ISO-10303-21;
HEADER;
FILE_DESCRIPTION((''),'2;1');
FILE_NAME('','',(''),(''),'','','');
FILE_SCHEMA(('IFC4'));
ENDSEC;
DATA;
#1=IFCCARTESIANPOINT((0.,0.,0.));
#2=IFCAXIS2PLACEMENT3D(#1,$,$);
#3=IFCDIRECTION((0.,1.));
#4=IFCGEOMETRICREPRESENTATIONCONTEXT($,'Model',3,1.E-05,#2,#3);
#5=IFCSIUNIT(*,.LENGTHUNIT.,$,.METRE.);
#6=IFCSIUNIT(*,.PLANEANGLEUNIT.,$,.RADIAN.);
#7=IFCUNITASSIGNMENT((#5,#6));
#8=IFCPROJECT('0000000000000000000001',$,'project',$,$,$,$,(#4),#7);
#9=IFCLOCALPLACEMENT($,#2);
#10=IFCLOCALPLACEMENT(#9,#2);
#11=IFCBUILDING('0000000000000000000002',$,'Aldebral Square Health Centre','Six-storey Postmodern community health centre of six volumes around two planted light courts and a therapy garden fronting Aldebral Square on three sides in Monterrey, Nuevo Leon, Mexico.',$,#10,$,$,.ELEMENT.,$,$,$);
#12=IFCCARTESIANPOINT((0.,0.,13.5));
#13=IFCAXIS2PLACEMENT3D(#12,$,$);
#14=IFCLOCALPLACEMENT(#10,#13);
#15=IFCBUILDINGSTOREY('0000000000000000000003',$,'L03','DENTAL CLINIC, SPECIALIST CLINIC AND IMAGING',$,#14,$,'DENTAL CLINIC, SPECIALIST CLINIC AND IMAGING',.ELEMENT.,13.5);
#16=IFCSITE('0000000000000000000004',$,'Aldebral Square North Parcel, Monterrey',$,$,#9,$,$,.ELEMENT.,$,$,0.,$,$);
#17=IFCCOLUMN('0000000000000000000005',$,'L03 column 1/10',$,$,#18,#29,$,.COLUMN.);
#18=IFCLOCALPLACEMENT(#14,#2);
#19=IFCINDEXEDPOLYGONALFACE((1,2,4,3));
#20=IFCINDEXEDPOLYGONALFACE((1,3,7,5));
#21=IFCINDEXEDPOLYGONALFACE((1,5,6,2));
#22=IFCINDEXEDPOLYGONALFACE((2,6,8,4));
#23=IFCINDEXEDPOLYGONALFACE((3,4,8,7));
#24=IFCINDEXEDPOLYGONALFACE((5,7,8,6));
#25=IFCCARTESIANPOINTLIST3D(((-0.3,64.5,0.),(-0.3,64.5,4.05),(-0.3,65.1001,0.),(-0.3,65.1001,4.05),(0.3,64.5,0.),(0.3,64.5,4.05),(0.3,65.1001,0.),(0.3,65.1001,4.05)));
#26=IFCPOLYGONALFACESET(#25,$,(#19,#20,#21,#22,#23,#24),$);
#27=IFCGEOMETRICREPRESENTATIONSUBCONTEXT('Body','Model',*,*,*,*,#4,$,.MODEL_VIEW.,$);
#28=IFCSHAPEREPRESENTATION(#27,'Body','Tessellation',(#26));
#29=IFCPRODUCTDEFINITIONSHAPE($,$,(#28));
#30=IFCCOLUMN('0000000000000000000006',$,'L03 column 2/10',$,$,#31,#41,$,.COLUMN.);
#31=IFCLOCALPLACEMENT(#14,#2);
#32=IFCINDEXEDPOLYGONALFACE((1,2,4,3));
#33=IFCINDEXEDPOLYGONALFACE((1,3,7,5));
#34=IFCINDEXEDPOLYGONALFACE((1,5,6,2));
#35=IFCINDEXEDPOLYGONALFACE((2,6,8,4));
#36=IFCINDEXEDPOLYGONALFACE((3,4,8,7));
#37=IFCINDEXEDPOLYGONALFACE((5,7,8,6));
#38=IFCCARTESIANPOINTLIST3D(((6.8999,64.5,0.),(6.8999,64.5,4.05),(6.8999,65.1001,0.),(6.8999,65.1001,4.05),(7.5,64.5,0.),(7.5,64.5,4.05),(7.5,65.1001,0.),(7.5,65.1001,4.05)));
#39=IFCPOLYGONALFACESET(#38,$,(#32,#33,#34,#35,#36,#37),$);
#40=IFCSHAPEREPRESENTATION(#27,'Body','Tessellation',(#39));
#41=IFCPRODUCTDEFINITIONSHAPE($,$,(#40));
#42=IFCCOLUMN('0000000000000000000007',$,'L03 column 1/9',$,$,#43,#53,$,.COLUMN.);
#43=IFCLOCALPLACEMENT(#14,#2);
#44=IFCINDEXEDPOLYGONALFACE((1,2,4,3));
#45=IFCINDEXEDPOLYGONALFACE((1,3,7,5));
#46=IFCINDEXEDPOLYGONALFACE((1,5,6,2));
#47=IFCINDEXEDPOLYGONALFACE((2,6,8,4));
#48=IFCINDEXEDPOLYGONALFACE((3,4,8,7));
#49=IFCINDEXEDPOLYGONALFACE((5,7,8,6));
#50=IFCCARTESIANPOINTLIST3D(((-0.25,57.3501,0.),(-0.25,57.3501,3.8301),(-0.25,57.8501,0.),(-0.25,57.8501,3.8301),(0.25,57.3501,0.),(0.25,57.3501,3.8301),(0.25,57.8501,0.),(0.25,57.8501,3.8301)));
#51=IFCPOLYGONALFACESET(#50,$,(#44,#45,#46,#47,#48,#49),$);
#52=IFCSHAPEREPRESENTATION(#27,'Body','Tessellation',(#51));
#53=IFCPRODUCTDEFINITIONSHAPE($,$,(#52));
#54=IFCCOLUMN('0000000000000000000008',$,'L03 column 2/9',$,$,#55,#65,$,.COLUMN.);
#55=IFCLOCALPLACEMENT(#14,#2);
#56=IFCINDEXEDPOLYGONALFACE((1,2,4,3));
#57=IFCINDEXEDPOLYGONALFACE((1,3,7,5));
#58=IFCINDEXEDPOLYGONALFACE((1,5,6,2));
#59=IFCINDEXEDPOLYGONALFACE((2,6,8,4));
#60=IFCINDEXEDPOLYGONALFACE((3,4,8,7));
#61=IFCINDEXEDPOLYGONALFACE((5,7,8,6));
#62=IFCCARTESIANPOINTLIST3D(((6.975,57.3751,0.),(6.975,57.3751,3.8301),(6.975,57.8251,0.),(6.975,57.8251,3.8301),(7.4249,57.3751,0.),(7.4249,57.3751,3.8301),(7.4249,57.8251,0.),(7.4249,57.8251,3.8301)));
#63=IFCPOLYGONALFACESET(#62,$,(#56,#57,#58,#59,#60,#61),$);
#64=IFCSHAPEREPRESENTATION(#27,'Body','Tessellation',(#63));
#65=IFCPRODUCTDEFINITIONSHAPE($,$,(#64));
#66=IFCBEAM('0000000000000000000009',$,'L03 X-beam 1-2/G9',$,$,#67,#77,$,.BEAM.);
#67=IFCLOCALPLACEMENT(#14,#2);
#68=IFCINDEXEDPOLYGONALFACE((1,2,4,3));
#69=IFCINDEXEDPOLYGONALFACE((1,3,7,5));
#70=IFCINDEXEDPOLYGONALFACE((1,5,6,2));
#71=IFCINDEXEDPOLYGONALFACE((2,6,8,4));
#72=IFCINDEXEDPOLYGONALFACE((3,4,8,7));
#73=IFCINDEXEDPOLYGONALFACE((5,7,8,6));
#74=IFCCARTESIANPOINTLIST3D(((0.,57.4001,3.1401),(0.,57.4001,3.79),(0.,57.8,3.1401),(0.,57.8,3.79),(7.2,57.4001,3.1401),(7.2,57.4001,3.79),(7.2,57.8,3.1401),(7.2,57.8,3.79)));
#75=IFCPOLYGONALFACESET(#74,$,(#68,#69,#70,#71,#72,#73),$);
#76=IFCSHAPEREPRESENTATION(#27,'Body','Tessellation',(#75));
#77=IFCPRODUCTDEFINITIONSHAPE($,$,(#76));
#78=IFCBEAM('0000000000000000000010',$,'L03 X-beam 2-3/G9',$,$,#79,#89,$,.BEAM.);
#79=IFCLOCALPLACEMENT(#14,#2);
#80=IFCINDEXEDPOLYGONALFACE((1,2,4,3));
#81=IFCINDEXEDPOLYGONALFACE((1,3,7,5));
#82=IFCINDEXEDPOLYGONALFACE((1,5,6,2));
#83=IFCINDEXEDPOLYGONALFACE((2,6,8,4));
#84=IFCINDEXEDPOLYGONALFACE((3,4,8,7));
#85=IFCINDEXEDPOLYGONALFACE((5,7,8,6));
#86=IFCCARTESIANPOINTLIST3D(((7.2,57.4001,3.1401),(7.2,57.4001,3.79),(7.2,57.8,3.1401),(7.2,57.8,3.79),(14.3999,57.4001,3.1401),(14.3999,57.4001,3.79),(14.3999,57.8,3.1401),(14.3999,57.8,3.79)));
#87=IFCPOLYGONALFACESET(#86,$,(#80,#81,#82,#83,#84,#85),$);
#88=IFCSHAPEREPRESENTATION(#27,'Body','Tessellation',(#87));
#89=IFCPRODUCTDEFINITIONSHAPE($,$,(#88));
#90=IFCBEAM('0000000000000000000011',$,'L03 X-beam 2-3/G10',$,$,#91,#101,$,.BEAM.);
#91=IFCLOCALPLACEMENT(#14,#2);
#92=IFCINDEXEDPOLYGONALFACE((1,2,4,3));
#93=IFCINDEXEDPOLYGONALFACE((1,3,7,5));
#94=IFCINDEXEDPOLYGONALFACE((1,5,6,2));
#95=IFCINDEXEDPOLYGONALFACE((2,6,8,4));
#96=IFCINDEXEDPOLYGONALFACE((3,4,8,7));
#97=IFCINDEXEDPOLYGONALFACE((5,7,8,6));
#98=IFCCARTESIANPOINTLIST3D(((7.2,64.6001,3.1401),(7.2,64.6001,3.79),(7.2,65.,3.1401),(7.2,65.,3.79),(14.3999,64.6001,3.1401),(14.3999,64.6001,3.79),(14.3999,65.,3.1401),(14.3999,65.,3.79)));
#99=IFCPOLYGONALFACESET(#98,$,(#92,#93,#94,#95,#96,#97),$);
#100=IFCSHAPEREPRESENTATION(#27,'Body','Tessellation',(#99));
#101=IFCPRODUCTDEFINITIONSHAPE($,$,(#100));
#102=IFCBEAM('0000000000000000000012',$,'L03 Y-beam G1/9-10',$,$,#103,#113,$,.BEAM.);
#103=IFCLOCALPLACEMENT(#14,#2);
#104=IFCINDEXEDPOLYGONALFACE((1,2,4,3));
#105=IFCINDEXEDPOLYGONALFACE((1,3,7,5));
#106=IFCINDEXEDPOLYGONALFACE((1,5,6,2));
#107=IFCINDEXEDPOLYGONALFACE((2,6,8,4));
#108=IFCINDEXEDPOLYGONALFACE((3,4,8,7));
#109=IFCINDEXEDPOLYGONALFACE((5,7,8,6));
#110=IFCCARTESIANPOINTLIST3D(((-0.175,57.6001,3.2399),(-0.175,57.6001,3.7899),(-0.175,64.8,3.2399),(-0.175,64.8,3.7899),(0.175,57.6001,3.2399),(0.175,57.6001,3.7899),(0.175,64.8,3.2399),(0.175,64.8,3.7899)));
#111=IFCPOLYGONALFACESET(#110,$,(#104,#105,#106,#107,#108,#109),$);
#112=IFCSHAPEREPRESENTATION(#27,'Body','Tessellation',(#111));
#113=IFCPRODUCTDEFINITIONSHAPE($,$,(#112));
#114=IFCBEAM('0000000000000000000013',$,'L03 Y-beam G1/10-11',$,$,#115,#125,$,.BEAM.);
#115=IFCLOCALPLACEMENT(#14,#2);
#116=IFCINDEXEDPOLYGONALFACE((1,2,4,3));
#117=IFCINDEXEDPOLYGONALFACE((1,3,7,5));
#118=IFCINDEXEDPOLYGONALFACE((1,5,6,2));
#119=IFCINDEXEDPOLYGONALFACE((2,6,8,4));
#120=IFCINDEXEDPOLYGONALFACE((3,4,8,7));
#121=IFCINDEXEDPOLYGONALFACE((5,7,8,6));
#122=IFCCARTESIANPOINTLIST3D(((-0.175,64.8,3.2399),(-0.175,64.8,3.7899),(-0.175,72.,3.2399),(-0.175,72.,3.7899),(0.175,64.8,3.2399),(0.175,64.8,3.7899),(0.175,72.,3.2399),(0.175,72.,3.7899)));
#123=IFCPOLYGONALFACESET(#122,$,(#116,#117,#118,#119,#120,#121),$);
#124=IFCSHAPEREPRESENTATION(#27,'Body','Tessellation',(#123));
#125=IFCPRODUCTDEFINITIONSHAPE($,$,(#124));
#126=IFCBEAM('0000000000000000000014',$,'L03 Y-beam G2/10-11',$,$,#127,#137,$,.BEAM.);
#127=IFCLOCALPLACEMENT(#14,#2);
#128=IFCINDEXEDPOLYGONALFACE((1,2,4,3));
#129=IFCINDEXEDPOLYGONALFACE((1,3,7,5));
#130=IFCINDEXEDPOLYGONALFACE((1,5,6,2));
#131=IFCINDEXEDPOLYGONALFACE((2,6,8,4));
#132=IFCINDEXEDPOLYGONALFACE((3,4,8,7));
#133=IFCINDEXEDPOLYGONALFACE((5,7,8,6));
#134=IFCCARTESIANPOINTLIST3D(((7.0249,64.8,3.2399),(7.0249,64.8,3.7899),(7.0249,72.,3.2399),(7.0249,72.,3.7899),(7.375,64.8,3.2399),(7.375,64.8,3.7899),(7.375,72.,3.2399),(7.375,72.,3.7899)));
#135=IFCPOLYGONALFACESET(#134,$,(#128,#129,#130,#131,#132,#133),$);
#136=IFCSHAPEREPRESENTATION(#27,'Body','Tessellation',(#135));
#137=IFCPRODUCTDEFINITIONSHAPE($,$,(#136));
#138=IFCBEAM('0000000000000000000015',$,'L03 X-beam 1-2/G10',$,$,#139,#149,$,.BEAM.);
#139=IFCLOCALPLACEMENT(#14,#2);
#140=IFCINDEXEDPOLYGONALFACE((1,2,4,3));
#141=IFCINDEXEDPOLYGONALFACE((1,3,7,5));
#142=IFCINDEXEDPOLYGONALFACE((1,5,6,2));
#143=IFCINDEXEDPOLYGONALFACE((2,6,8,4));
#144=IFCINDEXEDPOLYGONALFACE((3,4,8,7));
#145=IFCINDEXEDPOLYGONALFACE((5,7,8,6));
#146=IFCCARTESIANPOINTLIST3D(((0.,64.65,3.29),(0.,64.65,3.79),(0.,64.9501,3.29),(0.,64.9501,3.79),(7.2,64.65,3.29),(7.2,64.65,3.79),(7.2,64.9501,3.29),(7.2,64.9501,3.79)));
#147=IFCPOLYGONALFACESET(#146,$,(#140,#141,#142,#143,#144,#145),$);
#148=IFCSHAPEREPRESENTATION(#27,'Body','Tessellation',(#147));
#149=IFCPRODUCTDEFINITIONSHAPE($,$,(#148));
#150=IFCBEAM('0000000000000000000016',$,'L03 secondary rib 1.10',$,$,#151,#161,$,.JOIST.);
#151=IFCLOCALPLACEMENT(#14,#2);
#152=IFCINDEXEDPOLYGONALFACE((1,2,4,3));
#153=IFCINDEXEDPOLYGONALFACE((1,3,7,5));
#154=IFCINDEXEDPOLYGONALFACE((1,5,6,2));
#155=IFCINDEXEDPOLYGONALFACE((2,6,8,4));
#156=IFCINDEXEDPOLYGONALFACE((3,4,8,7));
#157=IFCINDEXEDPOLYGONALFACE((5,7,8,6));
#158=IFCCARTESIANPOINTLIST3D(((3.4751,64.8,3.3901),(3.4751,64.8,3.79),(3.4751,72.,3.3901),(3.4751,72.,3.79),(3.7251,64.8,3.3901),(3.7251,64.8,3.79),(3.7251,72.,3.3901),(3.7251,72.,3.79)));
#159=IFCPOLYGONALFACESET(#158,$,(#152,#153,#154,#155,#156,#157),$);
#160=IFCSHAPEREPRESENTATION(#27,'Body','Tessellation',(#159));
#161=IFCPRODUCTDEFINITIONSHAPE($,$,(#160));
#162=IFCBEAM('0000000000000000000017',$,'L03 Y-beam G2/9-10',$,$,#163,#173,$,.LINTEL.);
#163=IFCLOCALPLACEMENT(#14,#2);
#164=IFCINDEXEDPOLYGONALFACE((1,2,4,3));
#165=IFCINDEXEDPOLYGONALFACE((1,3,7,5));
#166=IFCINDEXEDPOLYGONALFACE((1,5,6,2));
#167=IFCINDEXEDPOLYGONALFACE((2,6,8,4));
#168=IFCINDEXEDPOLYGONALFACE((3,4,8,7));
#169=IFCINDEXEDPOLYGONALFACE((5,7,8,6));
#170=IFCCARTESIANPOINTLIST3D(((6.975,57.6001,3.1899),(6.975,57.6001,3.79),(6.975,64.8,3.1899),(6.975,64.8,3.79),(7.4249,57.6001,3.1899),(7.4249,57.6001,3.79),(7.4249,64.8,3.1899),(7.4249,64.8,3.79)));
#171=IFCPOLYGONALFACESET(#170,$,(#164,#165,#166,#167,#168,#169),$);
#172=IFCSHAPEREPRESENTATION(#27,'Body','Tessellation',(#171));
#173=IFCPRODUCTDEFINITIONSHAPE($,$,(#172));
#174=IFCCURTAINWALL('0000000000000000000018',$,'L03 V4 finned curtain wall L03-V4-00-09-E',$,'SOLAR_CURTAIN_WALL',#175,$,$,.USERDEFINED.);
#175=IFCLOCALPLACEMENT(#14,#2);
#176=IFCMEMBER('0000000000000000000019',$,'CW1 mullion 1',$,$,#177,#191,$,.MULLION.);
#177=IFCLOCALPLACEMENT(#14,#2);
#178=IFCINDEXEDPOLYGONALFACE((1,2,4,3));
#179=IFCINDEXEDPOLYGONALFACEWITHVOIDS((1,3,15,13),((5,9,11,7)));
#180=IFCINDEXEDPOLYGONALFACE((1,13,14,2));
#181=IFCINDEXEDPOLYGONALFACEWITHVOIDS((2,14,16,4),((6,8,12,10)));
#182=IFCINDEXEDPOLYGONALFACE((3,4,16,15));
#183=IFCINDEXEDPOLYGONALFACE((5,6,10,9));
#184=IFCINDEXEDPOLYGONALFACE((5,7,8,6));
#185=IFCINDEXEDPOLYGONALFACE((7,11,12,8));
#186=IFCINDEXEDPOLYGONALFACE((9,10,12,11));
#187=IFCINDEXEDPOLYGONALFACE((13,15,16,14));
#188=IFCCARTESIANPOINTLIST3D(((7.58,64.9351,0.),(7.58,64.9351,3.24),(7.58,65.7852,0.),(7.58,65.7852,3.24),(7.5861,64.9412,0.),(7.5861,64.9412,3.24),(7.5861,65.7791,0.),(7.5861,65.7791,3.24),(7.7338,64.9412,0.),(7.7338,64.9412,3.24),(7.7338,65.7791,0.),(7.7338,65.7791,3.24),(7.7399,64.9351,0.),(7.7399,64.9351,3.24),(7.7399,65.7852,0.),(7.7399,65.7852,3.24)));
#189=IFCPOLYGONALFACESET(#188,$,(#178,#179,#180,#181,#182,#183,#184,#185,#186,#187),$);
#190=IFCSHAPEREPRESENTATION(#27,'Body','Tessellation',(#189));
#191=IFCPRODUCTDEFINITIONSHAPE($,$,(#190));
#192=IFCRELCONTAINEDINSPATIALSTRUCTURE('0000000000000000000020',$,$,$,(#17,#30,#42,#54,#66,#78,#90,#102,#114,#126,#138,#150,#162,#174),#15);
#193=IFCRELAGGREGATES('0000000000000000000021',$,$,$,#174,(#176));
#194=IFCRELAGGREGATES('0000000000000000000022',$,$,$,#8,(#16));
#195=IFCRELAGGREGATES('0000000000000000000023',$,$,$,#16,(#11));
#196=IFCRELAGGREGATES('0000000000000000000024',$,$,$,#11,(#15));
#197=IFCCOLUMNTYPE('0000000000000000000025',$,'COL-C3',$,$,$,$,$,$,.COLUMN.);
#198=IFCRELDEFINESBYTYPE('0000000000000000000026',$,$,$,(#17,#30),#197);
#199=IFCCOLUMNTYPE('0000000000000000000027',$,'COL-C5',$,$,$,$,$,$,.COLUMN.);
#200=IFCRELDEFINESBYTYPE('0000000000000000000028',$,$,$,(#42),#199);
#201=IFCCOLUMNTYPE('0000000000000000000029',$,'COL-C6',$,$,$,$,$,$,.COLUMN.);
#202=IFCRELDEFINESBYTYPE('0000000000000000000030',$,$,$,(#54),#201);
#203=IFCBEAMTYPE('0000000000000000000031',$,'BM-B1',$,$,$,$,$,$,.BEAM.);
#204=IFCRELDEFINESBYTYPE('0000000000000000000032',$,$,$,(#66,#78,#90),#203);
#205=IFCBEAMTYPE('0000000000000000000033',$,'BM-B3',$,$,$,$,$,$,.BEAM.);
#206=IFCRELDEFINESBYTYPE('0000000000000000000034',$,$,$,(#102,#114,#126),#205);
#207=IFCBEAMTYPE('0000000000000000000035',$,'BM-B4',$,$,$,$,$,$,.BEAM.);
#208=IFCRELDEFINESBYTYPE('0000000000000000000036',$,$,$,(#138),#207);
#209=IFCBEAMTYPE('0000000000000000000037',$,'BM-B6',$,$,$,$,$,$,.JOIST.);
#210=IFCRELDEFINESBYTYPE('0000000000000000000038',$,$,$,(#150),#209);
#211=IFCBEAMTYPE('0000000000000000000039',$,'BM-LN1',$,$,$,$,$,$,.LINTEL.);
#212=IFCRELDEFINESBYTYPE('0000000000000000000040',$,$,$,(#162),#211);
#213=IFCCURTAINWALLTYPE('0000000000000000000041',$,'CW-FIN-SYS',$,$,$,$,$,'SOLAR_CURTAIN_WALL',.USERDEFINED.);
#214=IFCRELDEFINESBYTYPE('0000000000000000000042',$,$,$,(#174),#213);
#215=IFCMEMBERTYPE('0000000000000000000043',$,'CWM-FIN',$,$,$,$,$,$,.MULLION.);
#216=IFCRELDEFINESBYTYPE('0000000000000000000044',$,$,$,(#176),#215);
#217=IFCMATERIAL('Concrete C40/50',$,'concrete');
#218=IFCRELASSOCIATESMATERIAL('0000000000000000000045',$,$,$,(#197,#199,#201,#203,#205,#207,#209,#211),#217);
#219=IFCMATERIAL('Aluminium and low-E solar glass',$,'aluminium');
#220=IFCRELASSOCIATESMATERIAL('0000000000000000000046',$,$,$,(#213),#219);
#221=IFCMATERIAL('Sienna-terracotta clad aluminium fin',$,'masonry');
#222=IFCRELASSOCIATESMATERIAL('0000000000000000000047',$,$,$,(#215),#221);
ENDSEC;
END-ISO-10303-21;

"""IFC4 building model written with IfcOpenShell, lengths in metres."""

from ifc_helpers import new_model, si_unit, direction, frame, origin, origin_2d, place, context, subcontext, project, spatial, rectangle, hollow_rectangle, extrude, material, material_profile, profile_set, type_object, element, aggregate, save


model = new_model("IFC4")

# Units and contexts
model_context = context("Model", 3, precision=1e-05, world=origin(), true_north=direction((0.0, 1.0)))
body_context = subcontext(model_context, "Body", "Model", "MODEL_VIEW")
ifc_project = project(units=[si_unit("LENGTHUNIT", "METRE"), si_unit("PLANEANGLEUNIT", "RADIAN")], contexts=[model_context])

# Site, building, storey
site_placement = place(None, origin())
site = spatial("IfcSite", under=ifc_project, at=site_placement, Name="Aldebral Square North Parcel, Monterrey", CompositionType="ELEMENT", RefElevation=0.0)
building_placement = place(site_placement, origin())
building = spatial("IfcBuilding", under=site, at=building_placement, Name="Aldebral Square Health Centre", Description="Six-storey Postmodern community health centre of six volumes around two planted light courts and a therapy garden fronting Aldebral Square on three sides in Monterrey, Nuevo Leon, Mexico.", CompositionType="ELEMENT")
storey_placement = place(building_placement, frame((0.0, 0.0, 13.5)))
storey = spatial("IfcBuildingStorey", under=building, at=storey_placement, Name="L03", Description="DENTAL CLINIC, SPECIALIST CLINIC AND IMAGING", LongName="DENTAL CLINIC, SPECIALIST CLINIC AND IMAGING", CompositionType="ELEMENT", Elevation=13.5)

# Columns
ifc_material_1 = material(Name="Concrete C40/50", Category="concrete")
ifc_material_profile_1 = material_profile(ifc_material_1, rectangle(XDim=0.6001, YDim=0.6001, at=origin_2d()), Name="RC 600x600")
ifc_profile_set_1 = profile_set([ifc_material_profile_1], Name="Concrete C40/50")
column_type_1 = type_object("IfcColumnType", Name="COL-C3", PredefinedType="COLUMN", material=ifc_profile_set_1)
for number, where, z_axis, x_axis, name in (
    (1, (0.0, 64.8, 0.0), (0.0, 0.0, 1.0), (1.0, 0.0, 0.0), "L03 column 1/10"),
    (2, (7.2, 64.8, 0.0), (0.0, 0.0, 1.0), (1.0, 0.0, 0.0), "L03 column 2/10"),
):
    element("IfcColumn", number, at=place(storey_placement, frame(where, z_axis=z_axis, x_axis=x_axis)), inside=storey, type_object=column_type_1, Name=name, PredefinedType="COLUMN", context=body_context, shape_type="SweptSolid", body=[
        extrude(rectangle(XDim=0.6001, YDim=0.6001, at=origin_2d()), origin(), (0.0, 0.0, 1.0), 4.05),
    ])
ifc_material_profile_2 = material_profile(ifc_material_1, rectangle(XDim=0.5, YDim=0.5, at=origin_2d()), Name="RC 500x500")
ifc_profile_set_2 = profile_set([ifc_material_profile_2], Name="Concrete C40/50")
column_type_2 = type_object("IfcColumnType", Name="COL-C5", PredefinedType="COLUMN", material=ifc_profile_set_2)
column_1_placement = place(storey_placement, frame((0.0, 57.6001, 0.0), z_axis=(0.0, 0.0, 1.0), x_axis=(1.0, 0.0, 0.0)))
element("IfcColumn", 3, at=column_1_placement, inside=storey, type_object=column_type_2, Name="L03 column 1/9", PredefinedType="COLUMN", context=body_context, shape_type="SweptSolid", body=[
    extrude(rectangle(XDim=0.5, YDim=0.5, at=origin_2d()), origin(), (0.0, 0.0, 1.0), 3.8301),
])
ifc_material_profile_3 = material_profile(ifc_material_1, rectangle(XDim=0.45, YDim=0.45, at=origin_2d()), Name="RC 450x450")
ifc_profile_set_3 = profile_set([ifc_material_profile_3], Name="Concrete C40/50")
column_type_3 = type_object("IfcColumnType", Name="COL-C6", PredefinedType="COLUMN", material=ifc_profile_set_3)
column_2_placement = place(storey_placement, frame((7.2, 57.6001, 0.0), z_axis=(0.0, 0.0, 1.0), x_axis=(1.0, 0.0, 0.0)))
element("IfcColumn", 4, at=column_2_placement, inside=storey, type_object=column_type_3, Name="L03 column 2/9", PredefinedType="COLUMN", context=body_context, shape_type="SweptSolid", body=[
    extrude(rectangle(XDim=0.45, YDim=0.45, at=origin_2d()), origin(), (0.0, 0.0, 1.0), 3.8301),
])

# Beams
ifc_material_profile_4 = material_profile(ifc_material_1, rectangle(XDim=0.3999, YDim=0.6499, at=origin_2d()), Name="RC 400x650")
ifc_profile_set_4 = profile_set([ifc_material_profile_4], Name="Concrete C40/50")
beam_type_1 = type_object("IfcBeamType", Name="BM-B1", PredefinedType="BEAM", material=ifc_profile_set_4)
for number, where, z_axis, x_axis, name in (
    (5, (0.0, 57.6001, 3.4651), (1.0, 0.0, 0.0), (0.0, 1.0, 0.0), "L03 X-beam 1-2/G9"),
    (6, (7.2, 57.6001, 3.4651), (1.0, 0.0, 0.0), (0.0, 1.0, 0.0), "L03 X-beam 2-3/G9"),
    (7, (7.2, 64.8, 3.4651), (1.0, 0.0, 0.0), (0.0, 1.0, 0.0), "L03 X-beam 2-3/G10"),
):
    element("IfcBeam", number, at=place(storey_placement, frame(where, z_axis=z_axis, x_axis=x_axis)), inside=storey, type_object=beam_type_1, Name=name, PredefinedType="BEAM", context=body_context, shape_type="SweptSolid", body=[
        extrude(rectangle(XDim=0.3999, YDim=0.6499, at=origin_2d()), origin(), (0.0, 0.0, 1.0), 7.2),
    ])
ifc_material_profile_5 = material_profile(ifc_material_1, rectangle(XDim=0.3501, YDim=0.55, at=origin_2d()), Name="RC 350x550")
ifc_profile_set_5 = profile_set([ifc_material_profile_5], Name="Concrete C40/50")
beam_type_2 = type_object("IfcBeamType", Name="BM-B3", PredefinedType="BEAM", material=ifc_profile_set_5)
for number, where, z_axis, x_axis, name in (
    (8, (0.0, 57.6001, 3.5149), (0.0, 1.0, 0.0), (-1.0, 0.0, 0.0), "L03 Y-beam G1/9-10"),
    (9, (0.0, 64.8, 3.5149), (0.0, 1.0, 0.0), (-1.0, 0.0, 0.0), "L03 Y-beam G1/10-11"),
    (10, (7.2, 64.8, 3.5149), (0.0, 1.0, 0.0), (-1.0, 0.0, 0.0), "L03 Y-beam G2/10-11"),
):
    element("IfcBeam", number, at=place(storey_placement, frame(where, z_axis=z_axis, x_axis=x_axis)), inside=storey, type_object=beam_type_2, Name=name, PredefinedType="BEAM", context=body_context, shape_type="SweptSolid", body=[
        extrude(rectangle(XDim=0.3501, YDim=0.55, at=origin_2d()), origin(), (0.0, 0.0, 1.0), 7.2),
    ])
ifc_material_profile_6 = material_profile(ifc_material_1, rectangle(XDim=0.3, YDim=0.5, at=origin_2d()), Name="RC 300x500")
ifc_profile_set_6 = profile_set([ifc_material_profile_6], Name="Concrete C40/50")
beam_type_3 = type_object("IfcBeamType", Name="BM-B4", PredefinedType="BEAM", material=ifc_profile_set_6)
beam_1_placement = place(storey_placement, frame((0.0, 64.8, 3.54), z_axis=(1.0, 0.0, 0.0), x_axis=(0.0, 1.0, 0.0)))
element("IfcBeam", 11, at=beam_1_placement, inside=storey, type_object=beam_type_3, Name="L03 X-beam 1-2/G10", PredefinedType="BEAM", context=body_context, shape_type="SweptSolid", body=[
    extrude(rectangle(XDim=0.3, YDim=0.5, at=origin_2d()), origin(), (0.0, 0.0, 1.0), 7.2),
])
ifc_material_profile_7 = material_profile(ifc_material_1, rectangle(XDim=0.25, YDim=0.3999, at=origin_2d()), Name="RC 250x400")
ifc_profile_set_7 = profile_set([ifc_material_profile_7], Name="Concrete C40/50")
beam_type_4 = type_object("IfcBeamType", Name="BM-B6", PredefinedType="JOIST", material=ifc_profile_set_7)
beam_2_placement = place(storey_placement, frame((3.6001, 64.8, 3.5901), z_axis=(0.0, 1.0, 0.0), x_axis=(-1.0, 0.0, 0.0)))
element("IfcBeam", 12, at=beam_2_placement, inside=storey, type_object=beam_type_4, Name="L03 secondary rib 1.10", PredefinedType="JOIST", context=body_context, shape_type="SweptSolid", body=[
    extrude(rectangle(XDim=0.25, YDim=0.3999, at=origin_2d()), origin(), (0.0, 0.0, 1.0), 7.2),
])
ifc_material_profile_8 = material_profile(ifc_material_1, rectangle(XDim=0.45, YDim=0.6001, at=origin_2d()), Name="RC 450x600")
ifc_profile_set_8 = profile_set([ifc_material_profile_8], Name="Concrete C40/50")
beam_type_5 = type_object("IfcBeamType", Name="BM-LN1", PredefinedType="LINTEL", material=ifc_profile_set_8)
beam_3_placement = place(storey_placement, frame((7.2, 57.6001, 3.49), z_axis=(0.0, 1.0, 0.0), x_axis=(-1.0, 0.0, 0.0)))
element("IfcBeam", 13, at=beam_3_placement, inside=storey, type_object=beam_type_5, Name="L03 Y-beam G2/9-10", PredefinedType="LINTEL", context=body_context, shape_type="SweptSolid", body=[
    extrude(rectangle(XDim=0.45, YDim=0.6001, at=origin_2d()), origin(), (0.0, 0.0, 1.0), 7.2),
])

# Curtain wall, member
ifc_material_2 = material(Name="Aluminium and low-E solar glass", Category="aluminium")
curtain_wall_type = type_object("IfcCurtainWallType", Name="CW-FIN-SYS", ElementType="SOLAR_CURTAIN_WALL", PredefinedType="USERDEFINED", material=ifc_material_2)
curtain_wall_placement = place(storey_placement, origin())
curtain_wall = element("IfcCurtainWall", 14, at=curtain_wall_placement, inside=storey, type_object=curtain_wall_type, Name="L03 V4 finned curtain wall L03-V4-00-09-E", ObjectType="SOLAR_CURTAIN_WALL", PredefinedType="USERDEFINED")
ifc_material_3 = material(Name="Sienna-terracotta clad aluminium fin", Category="masonry")
ifc_material_profile_9 = material_profile(ifc_material_3, hollow_rectangle(XDim=0.1599, YDim=0.8501, WallThickness=0.0061, at=origin_2d()), Name="FIN 160x850x6")
ifc_profile_set_9 = profile_set([ifc_material_profile_9], Name="Sienna-terracotta clad aluminium fin")
member_type = type_object("IfcMemberType", Name="CWM-FIN", PredefinedType="MULLION", material=ifc_profile_set_9)
member_placement = place(storey_placement, frame((7.6599, 65.3601, 0.0), z_axis=(0.0, 0.0, 1.0), x_axis=(-1.0, 0.0, 0.0)))
member = element("IfcMember", 15, at=member_placement, type_object=member_type, Name="CW1 mullion 1", PredefinedType="MULLION", context=body_context, shape_type="SweptSolid", body=[
    extrude(hollow_rectangle(XDim=0.1599, YDim=0.8501, WallThickness=0.0061, at=origin_2d()), origin(), (0.0, 0.0, 1.0), 3.24),
])
aggregate(curtain_wall, [member])

save(model, "model.ifc")
